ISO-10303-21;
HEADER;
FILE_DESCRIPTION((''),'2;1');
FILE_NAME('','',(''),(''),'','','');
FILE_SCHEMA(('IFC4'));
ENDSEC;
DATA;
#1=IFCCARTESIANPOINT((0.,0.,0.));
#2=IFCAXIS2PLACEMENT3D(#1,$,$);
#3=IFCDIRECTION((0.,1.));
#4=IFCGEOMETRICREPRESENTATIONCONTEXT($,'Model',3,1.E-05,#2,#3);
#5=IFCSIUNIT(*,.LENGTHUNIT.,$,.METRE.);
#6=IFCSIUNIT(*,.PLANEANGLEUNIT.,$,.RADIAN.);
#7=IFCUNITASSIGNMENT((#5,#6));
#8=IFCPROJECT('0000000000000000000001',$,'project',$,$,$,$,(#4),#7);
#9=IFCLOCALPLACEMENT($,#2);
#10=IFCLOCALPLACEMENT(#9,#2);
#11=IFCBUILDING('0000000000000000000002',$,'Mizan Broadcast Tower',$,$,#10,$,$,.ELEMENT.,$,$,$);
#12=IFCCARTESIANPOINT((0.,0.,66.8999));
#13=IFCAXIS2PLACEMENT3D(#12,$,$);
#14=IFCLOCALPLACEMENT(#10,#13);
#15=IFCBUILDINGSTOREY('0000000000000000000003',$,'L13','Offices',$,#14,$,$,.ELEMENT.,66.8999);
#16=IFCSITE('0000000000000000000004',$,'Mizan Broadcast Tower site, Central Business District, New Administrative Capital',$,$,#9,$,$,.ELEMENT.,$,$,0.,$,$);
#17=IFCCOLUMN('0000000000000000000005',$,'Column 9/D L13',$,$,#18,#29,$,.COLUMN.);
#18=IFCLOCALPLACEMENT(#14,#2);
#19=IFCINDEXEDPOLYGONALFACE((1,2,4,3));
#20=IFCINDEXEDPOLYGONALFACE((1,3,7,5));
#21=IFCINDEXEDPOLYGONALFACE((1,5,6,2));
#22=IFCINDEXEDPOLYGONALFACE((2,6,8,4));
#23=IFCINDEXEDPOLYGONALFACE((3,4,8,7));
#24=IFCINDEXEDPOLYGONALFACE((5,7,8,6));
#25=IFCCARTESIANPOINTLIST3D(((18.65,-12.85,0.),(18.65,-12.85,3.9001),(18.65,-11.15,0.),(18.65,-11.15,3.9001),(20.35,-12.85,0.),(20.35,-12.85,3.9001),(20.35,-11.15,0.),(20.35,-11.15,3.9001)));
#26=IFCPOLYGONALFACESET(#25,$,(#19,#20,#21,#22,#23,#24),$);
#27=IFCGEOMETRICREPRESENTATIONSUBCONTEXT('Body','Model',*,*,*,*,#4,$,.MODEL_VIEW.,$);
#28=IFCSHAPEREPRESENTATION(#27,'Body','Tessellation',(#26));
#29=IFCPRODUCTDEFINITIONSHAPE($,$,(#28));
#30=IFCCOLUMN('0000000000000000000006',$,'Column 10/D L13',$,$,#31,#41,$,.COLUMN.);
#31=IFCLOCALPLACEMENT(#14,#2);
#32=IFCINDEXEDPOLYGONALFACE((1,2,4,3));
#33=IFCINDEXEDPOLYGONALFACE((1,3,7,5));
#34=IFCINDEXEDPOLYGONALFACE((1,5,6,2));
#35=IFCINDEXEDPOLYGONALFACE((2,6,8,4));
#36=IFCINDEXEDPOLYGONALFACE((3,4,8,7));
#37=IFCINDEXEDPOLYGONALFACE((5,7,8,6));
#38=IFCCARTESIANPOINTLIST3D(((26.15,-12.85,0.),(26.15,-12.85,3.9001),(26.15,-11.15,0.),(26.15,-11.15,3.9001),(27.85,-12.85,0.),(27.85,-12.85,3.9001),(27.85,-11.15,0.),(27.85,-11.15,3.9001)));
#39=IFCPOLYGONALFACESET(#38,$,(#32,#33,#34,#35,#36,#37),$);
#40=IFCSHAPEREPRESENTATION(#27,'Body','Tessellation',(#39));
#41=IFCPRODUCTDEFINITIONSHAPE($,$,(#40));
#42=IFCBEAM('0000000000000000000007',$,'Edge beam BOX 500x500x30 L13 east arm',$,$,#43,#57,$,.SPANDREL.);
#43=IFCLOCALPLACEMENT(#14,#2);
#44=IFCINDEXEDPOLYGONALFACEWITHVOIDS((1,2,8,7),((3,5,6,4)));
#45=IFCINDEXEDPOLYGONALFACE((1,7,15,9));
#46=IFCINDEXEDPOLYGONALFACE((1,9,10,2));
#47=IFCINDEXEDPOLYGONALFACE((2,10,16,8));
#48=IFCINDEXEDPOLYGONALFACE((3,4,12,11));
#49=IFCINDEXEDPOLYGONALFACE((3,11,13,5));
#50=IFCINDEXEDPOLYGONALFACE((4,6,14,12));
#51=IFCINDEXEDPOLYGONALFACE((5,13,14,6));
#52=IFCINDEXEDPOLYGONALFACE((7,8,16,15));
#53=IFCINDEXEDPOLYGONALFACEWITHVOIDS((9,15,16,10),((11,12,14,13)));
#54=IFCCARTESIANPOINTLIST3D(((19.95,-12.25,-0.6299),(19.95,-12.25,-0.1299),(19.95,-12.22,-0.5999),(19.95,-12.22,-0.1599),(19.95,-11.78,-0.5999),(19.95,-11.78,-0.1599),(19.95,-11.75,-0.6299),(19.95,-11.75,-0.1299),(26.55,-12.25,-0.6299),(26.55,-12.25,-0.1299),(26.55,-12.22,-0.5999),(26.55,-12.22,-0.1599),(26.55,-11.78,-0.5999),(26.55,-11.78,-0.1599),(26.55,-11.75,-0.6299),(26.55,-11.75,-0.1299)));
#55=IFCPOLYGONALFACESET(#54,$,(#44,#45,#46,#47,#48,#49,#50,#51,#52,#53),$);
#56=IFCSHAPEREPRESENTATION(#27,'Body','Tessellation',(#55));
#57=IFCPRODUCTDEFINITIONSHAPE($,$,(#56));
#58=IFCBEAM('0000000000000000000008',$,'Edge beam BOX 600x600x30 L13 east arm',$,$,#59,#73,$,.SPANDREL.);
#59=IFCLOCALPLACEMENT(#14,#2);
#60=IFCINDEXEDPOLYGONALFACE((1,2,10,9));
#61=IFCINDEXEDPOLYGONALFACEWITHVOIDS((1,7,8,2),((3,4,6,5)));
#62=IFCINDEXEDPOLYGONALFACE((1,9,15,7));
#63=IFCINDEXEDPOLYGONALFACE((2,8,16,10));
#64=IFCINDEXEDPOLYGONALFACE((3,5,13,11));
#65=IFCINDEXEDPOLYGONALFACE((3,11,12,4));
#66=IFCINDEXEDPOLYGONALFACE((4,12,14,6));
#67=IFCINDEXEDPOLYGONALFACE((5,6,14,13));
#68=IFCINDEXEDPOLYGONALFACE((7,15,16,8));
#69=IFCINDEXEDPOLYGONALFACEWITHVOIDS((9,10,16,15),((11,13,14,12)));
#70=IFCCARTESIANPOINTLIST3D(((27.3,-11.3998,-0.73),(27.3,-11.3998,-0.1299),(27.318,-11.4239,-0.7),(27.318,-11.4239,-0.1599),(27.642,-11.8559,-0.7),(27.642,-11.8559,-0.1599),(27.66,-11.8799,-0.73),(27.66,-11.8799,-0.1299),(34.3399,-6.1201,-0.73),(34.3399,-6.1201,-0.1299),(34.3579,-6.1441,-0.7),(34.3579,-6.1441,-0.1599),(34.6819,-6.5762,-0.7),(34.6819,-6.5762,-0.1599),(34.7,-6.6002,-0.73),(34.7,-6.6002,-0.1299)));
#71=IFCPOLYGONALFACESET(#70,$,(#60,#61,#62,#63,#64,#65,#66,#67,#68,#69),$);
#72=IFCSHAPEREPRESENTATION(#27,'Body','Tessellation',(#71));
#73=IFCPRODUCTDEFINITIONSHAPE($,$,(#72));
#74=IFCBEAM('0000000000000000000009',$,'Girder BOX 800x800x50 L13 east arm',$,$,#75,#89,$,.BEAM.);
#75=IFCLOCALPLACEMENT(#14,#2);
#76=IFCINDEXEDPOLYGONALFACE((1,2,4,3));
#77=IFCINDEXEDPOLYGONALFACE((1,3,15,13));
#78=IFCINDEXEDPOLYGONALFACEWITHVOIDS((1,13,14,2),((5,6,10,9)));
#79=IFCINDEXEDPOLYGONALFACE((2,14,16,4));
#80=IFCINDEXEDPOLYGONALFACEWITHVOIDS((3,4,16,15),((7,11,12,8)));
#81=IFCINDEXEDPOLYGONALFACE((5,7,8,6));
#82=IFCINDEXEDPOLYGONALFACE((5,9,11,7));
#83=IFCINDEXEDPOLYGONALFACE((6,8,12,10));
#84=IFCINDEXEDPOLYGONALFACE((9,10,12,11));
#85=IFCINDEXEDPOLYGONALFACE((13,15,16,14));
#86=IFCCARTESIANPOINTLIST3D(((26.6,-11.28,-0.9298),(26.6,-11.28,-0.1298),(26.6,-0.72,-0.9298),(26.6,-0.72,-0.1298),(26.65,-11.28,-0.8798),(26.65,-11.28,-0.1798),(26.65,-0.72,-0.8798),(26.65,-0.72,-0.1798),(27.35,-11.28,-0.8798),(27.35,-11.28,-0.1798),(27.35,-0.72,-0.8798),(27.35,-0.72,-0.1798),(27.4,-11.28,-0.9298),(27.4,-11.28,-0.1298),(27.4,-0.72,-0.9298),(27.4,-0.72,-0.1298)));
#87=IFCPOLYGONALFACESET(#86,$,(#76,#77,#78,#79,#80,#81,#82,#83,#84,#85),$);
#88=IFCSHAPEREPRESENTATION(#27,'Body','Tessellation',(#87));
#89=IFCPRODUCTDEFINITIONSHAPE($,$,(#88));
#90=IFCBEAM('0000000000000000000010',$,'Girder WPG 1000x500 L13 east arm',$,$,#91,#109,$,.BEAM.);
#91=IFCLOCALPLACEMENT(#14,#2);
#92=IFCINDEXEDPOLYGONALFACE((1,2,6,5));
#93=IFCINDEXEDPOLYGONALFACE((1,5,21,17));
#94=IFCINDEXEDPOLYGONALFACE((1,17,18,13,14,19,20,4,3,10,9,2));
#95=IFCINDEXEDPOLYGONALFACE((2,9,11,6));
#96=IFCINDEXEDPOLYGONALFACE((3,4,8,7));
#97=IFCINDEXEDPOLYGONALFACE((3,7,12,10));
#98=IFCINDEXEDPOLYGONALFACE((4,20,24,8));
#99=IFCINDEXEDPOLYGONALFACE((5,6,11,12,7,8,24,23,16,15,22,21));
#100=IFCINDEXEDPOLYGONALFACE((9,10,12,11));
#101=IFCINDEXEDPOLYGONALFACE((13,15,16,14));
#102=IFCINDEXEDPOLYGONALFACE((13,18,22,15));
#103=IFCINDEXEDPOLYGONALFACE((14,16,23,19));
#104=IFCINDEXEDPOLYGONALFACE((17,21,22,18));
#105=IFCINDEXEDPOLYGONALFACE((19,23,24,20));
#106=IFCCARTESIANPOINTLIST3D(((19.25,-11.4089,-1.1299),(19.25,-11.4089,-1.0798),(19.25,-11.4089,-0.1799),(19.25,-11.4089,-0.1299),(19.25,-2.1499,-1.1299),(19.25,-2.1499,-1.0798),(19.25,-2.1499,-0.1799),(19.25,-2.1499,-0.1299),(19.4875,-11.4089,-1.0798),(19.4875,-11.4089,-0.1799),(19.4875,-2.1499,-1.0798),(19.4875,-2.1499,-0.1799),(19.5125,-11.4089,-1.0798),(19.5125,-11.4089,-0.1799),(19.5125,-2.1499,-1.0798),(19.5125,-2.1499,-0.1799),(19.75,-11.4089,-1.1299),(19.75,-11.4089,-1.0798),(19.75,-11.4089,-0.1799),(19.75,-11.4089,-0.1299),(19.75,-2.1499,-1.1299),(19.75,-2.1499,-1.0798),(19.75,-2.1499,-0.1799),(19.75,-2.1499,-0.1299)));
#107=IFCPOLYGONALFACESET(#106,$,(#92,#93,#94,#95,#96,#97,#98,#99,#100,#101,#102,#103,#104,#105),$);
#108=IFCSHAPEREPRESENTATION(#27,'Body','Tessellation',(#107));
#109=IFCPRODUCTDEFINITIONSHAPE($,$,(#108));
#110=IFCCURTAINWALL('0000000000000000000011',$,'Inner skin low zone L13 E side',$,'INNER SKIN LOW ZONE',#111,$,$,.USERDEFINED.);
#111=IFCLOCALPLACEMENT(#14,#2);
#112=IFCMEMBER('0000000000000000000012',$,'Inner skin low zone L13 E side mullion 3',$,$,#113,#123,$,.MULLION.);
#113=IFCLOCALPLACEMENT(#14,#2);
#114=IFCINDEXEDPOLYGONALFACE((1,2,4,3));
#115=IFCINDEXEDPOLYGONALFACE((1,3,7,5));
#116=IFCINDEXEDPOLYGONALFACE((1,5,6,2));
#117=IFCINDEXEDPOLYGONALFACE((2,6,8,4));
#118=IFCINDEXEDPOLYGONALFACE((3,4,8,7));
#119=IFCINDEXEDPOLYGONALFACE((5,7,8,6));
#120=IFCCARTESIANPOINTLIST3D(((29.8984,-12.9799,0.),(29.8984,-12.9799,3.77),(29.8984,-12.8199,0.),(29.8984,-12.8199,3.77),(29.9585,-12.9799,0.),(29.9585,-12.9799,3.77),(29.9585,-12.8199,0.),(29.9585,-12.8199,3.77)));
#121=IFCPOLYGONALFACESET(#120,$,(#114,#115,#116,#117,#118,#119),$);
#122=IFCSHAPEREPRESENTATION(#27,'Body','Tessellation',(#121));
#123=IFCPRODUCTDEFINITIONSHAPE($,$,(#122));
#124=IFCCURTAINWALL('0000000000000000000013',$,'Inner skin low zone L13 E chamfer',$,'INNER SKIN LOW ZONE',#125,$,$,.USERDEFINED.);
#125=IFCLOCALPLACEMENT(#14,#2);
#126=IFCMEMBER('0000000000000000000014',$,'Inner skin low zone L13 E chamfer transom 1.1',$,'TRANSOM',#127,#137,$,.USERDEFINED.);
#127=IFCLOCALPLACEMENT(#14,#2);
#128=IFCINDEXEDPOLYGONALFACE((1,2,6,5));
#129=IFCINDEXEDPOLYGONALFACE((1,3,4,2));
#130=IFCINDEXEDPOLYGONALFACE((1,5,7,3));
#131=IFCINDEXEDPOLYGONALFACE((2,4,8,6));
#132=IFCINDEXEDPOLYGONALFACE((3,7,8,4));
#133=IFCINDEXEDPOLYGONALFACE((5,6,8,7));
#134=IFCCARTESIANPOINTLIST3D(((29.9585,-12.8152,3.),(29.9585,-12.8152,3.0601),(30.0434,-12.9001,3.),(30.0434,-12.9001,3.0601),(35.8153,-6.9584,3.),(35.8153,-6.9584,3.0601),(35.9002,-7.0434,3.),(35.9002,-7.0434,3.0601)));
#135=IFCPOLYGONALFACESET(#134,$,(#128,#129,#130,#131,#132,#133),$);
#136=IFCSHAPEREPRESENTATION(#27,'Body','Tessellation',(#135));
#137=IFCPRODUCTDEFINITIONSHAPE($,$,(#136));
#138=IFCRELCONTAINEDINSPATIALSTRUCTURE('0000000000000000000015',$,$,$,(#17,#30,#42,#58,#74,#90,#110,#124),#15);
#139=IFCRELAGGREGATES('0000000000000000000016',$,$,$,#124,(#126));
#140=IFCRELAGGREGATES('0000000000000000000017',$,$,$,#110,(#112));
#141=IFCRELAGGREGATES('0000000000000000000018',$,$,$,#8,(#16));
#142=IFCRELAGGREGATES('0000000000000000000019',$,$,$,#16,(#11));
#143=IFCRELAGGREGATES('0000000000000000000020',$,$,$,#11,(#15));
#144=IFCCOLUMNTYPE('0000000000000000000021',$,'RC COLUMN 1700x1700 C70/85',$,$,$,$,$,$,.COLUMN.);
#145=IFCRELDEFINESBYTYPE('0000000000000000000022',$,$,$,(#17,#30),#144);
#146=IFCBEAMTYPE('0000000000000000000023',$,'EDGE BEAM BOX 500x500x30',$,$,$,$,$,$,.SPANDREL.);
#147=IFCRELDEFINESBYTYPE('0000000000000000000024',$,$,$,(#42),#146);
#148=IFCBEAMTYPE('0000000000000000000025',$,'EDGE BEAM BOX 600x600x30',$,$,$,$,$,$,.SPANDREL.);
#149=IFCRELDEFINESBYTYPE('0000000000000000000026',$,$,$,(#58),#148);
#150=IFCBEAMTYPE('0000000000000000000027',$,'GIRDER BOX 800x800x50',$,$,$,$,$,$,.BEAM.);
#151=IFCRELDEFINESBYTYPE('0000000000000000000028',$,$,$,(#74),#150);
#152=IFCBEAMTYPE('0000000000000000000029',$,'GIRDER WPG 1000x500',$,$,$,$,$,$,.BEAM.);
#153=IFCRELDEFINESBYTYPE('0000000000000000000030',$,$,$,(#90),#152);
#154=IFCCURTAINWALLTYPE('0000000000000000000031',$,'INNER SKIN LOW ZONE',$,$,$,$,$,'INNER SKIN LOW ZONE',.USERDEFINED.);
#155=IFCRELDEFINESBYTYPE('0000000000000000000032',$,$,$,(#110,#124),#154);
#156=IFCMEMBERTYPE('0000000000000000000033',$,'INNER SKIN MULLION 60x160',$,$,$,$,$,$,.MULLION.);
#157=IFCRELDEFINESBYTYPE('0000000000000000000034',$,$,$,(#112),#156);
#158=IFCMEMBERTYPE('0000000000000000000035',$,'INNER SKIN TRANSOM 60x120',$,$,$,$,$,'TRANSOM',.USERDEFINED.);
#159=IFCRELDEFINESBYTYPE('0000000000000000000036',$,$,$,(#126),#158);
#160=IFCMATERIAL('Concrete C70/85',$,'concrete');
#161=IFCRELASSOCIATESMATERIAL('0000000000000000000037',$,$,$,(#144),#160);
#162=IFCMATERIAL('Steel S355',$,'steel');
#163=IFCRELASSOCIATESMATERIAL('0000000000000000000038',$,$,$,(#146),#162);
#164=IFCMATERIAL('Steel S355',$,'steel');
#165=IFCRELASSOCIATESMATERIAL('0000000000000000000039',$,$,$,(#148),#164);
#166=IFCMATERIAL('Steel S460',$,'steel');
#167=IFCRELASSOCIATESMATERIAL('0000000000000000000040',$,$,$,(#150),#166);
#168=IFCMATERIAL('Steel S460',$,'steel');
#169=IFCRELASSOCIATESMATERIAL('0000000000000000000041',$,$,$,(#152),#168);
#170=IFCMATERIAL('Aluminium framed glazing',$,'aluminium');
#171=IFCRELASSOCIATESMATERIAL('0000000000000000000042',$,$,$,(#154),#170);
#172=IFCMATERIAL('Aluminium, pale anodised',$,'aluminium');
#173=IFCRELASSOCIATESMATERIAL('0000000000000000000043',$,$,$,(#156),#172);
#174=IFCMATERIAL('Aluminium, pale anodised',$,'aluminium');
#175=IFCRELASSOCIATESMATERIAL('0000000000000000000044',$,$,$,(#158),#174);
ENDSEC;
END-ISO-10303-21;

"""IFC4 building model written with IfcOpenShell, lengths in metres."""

from ifc_helpers import new_model, si_unit, direction, frame, origin, origin_2d, place, context, subcontext, project, spatial, rectangle, hollow_rectangle, i_section, extrude, material, material_profile, profile_set, type_object, element, aggregate, save


model = new_model("IFC4")

# Units and contexts
model_context = context("Model", 3, precision=1e-05, world=origin(), true_north=direction((0.0, 1.0)))
body_context = subcontext(model_context, "Body", "Model", "MODEL_VIEW")
ifc_project = project(units=[si_unit("LENGTHUNIT", "METRE"), si_unit("PLANEANGLEUNIT", "RADIAN")], contexts=[model_context])

# Site, building, storey
site_placement = place(None, origin())
site = spatial("IfcSite", under=ifc_project, at=site_placement, Name="Mizan Broadcast Tower site, Central Business District, New Administrative Capital", CompositionType="ELEMENT", RefElevation=0.0)
building_placement = place(site_placement, origin())
building = spatial("IfcBuilding", under=site, at=building_placement, Name="Mizan Broadcast Tower", CompositionType="ELEMENT")
storey_placement = place(building_placement, frame((0.0, 0.0, 66.8999)))
storey = spatial("IfcBuildingStorey", under=building, at=storey_placement, Name="L13", Description="Offices", CompositionType="ELEMENT", Elevation=66.8999)

# Columns
ifc_material_1 = material(Name="Concrete C70/85", Category="concrete")
ifc_material_profile_1 = material_profile(ifc_material_1, rectangle(XDim=1.7, YDim=1.7, at=origin_2d()), Name="RC 1700x1700")
ifc_profile_set_1 = profile_set([ifc_material_profile_1], Name="Concrete C70/85")
column_type = type_object("IfcColumnType", Name="RC COLUMN 1700x1700 C70/85", PredefinedType="COLUMN", material=ifc_profile_set_1)
for number, where, z_axis, x_axis, name in (
    (1, (19.5, -12.0, 0.0), (0.0, 0.0, 1.0), (1.0, 0.0, 0.0), "Column 9/D L13"),
    (2, (27.0, -12.0, 0.0), (0.0, 0.0, 1.0), (1.0, 0.0, 0.0), "Column 10/D L13"),
):
    element("IfcColumn", number, at=place(storey_placement, frame(where, z_axis=z_axis, x_axis=x_axis)), inside=storey, type_object=column_type, Name=name, PredefinedType="COLUMN", context=body_context, shape_type="SweptSolid", body=[
        extrude(rectangle(XDim=1.7, YDim=1.7, at=origin_2d()), origin(), (0.0, 0.0, 1.0), 3.9001),
    ])

# Beams
ifc_material_2 = material(Name="Steel S355", Category="steel")
ifc_material_profile_2 = material_profile(ifc_material_2, hollow_rectangle(XDim=0.5, YDim=0.5, WallThickness=0.03, at=origin_2d()), Name="BOX 500x500x30")
ifc_profile_set_2 = profile_set([ifc_material_profile_2], Name="Steel S355")
beam_type_1 = type_object("IfcBeamType", Name="EDGE BEAM BOX 500x500x30", PredefinedType="SPANDREL", material=ifc_profile_set_2)
beam_1_placement = place(storey_placement, frame((19.95, -12.0, -0.3799), z_axis=(1.0, 0.0, 0.0), x_axis=(0.0, 1.0, 0.0)))
element("IfcBeam", 3, at=beam_1_placement, inside=storey, type_object=beam_type_1, Name="Edge beam BOX 500x500x30 L13 east arm", PredefinedType="SPANDREL", context=body_context, shape_type="SweptSolid", body=[
    extrude(hollow_rectangle(XDim=0.5, YDim=0.5, WallThickness=0.03, at=origin_2d()), origin(), (0.0, 0.0, 1.0), 6.6001),
])
ifc_material_3 = material(Name="Steel S355", Category="steel")
ifc_material_profile_3 = material_profile(ifc_material_3, hollow_rectangle(XDim=0.6001, YDim=0.6001, WallThickness=0.03, at=origin_2d()), Name="BOX 600x600x30")
ifc_profile_set_3 = profile_set([ifc_material_profile_3], Name="Steel S355")
beam_type_2 = type_object("IfcBeamType", Name="EDGE BEAM BOX 600x600x30", PredefinedType="SPANDREL", material=ifc_profile_set_3)
beam_2_placement = place(storey_placement, frame((27.48, -11.6399, -0.4299), z_axis=(0.800013, 0.599982, 0.0), x_axis=(-0.599982, 0.800013, 0.0)))
element("IfcBeam", 4, at=beam_2_placement, inside=storey, type_object=beam_type_2, Name="Edge beam BOX 600x600x30 L13 east arm", PredefinedType="SPANDREL", context=body_context, shape_type="SweptSolid", body=[
    extrude(hollow_rectangle(XDim=0.6001, YDim=0.6001, WallThickness=0.03, at=origin_2d()), origin(), (0.0, 0.0, 1.0), 8.7998),
])
ifc_material_4 = material(Name="Steel S460", Category="steel")
ifc_material_profile_4 = material_profile(ifc_material_4, hollow_rectangle(XDim=0.8, YDim=0.8, WallThickness=0.05, at=origin_2d()), Name="BOX 800x800x50")
ifc_profile_set_4 = profile_set([ifc_material_profile_4], Name="Steel S460")
beam_type_3 = type_object("IfcBeamType", Name="GIRDER BOX 800x800x50", PredefinedType="BEAM", material=ifc_profile_set_4)
beam_3_placement = place(storey_placement, frame((27.0, -11.28, -0.5298), z_axis=(0.0, 1.0, 0.0), x_axis=(-1.0, 0.0, 0.0)))
element("IfcBeam", 5, at=beam_3_placement, inside=storey, type_object=beam_type_3, Name="Girder BOX 800x800x50 L13 east arm", PredefinedType="BEAM", context=body_context, shape_type="SweptSolid", body=[
    extrude(hollow_rectangle(XDim=0.8, YDim=0.8, WallThickness=0.05, at=origin_2d()), origin(), (0.0, 0.0, 1.0), 10.5601),
])
ifc_material_5 = material(Name="Steel S460", Category="steel")
ifc_material_profile_5 = material_profile(ifc_material_5, i_section(OverallWidth=0.5, OverallDepth=1.0, WebThickness=0.0249, FlangeThickness=0.05, at=origin_2d()), Name="WPG 1000x500")
ifc_profile_set_5 = profile_set([ifc_material_profile_5], Name="Steel S460")
beam_type_4 = type_object("IfcBeamType", Name="GIRDER WPG 1000x500", PredefinedType="BEAM", material=ifc_profile_set_5)
beam_4_placement = place(storey_placement, frame((19.5, -11.4089, -0.6299), z_axis=(0.0, 1.0, 0.0), x_axis=(-1.0, 0.0, 0.0)))
element("IfcBeam", 6, at=beam_4_placement, inside=storey, type_object=beam_type_4, Name="Girder WPG 1000x500 L13 east arm", PredefinedType="BEAM", context=body_context, shape_type="SweptSolid", body=[
    extrude(i_section(OverallWidth=0.5, OverallDepth=1.0, WebThickness=0.0249, FlangeThickness=0.05, at=origin_2d()), origin(), (0.0, 0.0, 1.0), 9.259),
])

# Curtain walls, members
ifc_material_6 = material(Name="Aluminium framed glazing", Category="aluminium")
curtain_wall_type_1 = type_object("IfcCurtainWallType", Name="INNER SKIN LOW ZONE", ElementType="INNER SKIN LOW ZONE", PredefinedType="USERDEFINED", material=ifc_material_6)
curtain_wall_1_placement = place(storey_placement, origin())
curtain_wall_1 = element("IfcCurtainWall", 7, at=curtain_wall_1_placement, inside=storey, type_object=curtain_wall_type_1, Name="Inner skin low zone L13 E side", ObjectType="INNER SKIN LOW ZONE", PredefinedType="USERDEFINED")
ifc_material_7 = material(Name="Aluminium, pale anodised", Category="aluminium")
ifc_material_profile_6 = material_profile(ifc_material_7, rectangle(XDim=0.1599, YDim=0.0601, at=origin_2d()), Name="MULLION 160x60")
ifc_profile_set_6 = profile_set([ifc_material_profile_6], Name="Aluminium, pale anodised")
member_type_1 = type_object("IfcMemberType", Name="INNER SKIN MULLION 60x160", PredefinedType="MULLION", material=ifc_profile_set_6)
member_1_placement = place(storey_placement, frame((29.9285, -12.8999, 0.0), z_axis=(0.0, 0.0, 1.0), x_axis=(0.0, 1.0, 0.0)))
member_1 = element("IfcMember", 8, at=member_1_placement, type_object=member_type_1, Name="Inner skin low zone L13 E side mullion 3", PredefinedType="MULLION", context=body_context, shape_type="SweptSolid", body=[
    extrude(rectangle(XDim=0.1599, YDim=0.0601, at=origin_2d()), origin(), (0.0, 0.0, 1.0), 3.77),
])
curtain_wall_2_placement = place(storey_placement, origin())
curtain_wall_2 = element("IfcCurtainWall", 9, at=curtain_wall_2_placement, inside=storey, type_object=curtain_wall_type_1, Name="Inner skin low zone L13 E chamfer", ObjectType="INNER SKIN LOW ZONE", PredefinedType="USERDEFINED")
ifc_material_8 = material(Name="Aluminium, pale anodised", Category="aluminium")
ifc_material_profile_7 = material_profile(ifc_material_8, rectangle(XDim=0.1201, YDim=0.0601, at=origin_2d()), Name="TRANSOM 120x60")
ifc_profile_set_7 = profile_set([ifc_material_profile_7], Name="Aluminium, pale anodised")
member_type_2 = type_object("IfcMemberType", Name="INNER SKIN TRANSOM 60x120", ElementType="TRANSOM", PredefinedType="USERDEFINED", material=ifc_profile_set_7)
member_2_placement = place(storey_placement, frame((30.001, -12.8577, 3.03), z_axis=(0.707107, 0.707107, 0.0), x_axis=(-0.707107, 0.707107, 0.0)))
member_2 = element("IfcMember", 10, at=member_2_placement, type_object=member_type_2, Name="Inner skin low zone L13 E chamfer transom 1.1", ObjectType="TRANSOM", PredefinedType="USERDEFINED", context=body_context, shape_type="SweptSolid", body=[
    extrude(rectangle(XDim=0.1201, YDim=0.0601, at=origin_2d()), origin(), (0.0, 0.0, 1.0), 8.2827),
])
aggregate(curtain_wall_2, [member_2])

aggregate(curtain_wall_1, [member_1])

save(model, "model.ifc")
